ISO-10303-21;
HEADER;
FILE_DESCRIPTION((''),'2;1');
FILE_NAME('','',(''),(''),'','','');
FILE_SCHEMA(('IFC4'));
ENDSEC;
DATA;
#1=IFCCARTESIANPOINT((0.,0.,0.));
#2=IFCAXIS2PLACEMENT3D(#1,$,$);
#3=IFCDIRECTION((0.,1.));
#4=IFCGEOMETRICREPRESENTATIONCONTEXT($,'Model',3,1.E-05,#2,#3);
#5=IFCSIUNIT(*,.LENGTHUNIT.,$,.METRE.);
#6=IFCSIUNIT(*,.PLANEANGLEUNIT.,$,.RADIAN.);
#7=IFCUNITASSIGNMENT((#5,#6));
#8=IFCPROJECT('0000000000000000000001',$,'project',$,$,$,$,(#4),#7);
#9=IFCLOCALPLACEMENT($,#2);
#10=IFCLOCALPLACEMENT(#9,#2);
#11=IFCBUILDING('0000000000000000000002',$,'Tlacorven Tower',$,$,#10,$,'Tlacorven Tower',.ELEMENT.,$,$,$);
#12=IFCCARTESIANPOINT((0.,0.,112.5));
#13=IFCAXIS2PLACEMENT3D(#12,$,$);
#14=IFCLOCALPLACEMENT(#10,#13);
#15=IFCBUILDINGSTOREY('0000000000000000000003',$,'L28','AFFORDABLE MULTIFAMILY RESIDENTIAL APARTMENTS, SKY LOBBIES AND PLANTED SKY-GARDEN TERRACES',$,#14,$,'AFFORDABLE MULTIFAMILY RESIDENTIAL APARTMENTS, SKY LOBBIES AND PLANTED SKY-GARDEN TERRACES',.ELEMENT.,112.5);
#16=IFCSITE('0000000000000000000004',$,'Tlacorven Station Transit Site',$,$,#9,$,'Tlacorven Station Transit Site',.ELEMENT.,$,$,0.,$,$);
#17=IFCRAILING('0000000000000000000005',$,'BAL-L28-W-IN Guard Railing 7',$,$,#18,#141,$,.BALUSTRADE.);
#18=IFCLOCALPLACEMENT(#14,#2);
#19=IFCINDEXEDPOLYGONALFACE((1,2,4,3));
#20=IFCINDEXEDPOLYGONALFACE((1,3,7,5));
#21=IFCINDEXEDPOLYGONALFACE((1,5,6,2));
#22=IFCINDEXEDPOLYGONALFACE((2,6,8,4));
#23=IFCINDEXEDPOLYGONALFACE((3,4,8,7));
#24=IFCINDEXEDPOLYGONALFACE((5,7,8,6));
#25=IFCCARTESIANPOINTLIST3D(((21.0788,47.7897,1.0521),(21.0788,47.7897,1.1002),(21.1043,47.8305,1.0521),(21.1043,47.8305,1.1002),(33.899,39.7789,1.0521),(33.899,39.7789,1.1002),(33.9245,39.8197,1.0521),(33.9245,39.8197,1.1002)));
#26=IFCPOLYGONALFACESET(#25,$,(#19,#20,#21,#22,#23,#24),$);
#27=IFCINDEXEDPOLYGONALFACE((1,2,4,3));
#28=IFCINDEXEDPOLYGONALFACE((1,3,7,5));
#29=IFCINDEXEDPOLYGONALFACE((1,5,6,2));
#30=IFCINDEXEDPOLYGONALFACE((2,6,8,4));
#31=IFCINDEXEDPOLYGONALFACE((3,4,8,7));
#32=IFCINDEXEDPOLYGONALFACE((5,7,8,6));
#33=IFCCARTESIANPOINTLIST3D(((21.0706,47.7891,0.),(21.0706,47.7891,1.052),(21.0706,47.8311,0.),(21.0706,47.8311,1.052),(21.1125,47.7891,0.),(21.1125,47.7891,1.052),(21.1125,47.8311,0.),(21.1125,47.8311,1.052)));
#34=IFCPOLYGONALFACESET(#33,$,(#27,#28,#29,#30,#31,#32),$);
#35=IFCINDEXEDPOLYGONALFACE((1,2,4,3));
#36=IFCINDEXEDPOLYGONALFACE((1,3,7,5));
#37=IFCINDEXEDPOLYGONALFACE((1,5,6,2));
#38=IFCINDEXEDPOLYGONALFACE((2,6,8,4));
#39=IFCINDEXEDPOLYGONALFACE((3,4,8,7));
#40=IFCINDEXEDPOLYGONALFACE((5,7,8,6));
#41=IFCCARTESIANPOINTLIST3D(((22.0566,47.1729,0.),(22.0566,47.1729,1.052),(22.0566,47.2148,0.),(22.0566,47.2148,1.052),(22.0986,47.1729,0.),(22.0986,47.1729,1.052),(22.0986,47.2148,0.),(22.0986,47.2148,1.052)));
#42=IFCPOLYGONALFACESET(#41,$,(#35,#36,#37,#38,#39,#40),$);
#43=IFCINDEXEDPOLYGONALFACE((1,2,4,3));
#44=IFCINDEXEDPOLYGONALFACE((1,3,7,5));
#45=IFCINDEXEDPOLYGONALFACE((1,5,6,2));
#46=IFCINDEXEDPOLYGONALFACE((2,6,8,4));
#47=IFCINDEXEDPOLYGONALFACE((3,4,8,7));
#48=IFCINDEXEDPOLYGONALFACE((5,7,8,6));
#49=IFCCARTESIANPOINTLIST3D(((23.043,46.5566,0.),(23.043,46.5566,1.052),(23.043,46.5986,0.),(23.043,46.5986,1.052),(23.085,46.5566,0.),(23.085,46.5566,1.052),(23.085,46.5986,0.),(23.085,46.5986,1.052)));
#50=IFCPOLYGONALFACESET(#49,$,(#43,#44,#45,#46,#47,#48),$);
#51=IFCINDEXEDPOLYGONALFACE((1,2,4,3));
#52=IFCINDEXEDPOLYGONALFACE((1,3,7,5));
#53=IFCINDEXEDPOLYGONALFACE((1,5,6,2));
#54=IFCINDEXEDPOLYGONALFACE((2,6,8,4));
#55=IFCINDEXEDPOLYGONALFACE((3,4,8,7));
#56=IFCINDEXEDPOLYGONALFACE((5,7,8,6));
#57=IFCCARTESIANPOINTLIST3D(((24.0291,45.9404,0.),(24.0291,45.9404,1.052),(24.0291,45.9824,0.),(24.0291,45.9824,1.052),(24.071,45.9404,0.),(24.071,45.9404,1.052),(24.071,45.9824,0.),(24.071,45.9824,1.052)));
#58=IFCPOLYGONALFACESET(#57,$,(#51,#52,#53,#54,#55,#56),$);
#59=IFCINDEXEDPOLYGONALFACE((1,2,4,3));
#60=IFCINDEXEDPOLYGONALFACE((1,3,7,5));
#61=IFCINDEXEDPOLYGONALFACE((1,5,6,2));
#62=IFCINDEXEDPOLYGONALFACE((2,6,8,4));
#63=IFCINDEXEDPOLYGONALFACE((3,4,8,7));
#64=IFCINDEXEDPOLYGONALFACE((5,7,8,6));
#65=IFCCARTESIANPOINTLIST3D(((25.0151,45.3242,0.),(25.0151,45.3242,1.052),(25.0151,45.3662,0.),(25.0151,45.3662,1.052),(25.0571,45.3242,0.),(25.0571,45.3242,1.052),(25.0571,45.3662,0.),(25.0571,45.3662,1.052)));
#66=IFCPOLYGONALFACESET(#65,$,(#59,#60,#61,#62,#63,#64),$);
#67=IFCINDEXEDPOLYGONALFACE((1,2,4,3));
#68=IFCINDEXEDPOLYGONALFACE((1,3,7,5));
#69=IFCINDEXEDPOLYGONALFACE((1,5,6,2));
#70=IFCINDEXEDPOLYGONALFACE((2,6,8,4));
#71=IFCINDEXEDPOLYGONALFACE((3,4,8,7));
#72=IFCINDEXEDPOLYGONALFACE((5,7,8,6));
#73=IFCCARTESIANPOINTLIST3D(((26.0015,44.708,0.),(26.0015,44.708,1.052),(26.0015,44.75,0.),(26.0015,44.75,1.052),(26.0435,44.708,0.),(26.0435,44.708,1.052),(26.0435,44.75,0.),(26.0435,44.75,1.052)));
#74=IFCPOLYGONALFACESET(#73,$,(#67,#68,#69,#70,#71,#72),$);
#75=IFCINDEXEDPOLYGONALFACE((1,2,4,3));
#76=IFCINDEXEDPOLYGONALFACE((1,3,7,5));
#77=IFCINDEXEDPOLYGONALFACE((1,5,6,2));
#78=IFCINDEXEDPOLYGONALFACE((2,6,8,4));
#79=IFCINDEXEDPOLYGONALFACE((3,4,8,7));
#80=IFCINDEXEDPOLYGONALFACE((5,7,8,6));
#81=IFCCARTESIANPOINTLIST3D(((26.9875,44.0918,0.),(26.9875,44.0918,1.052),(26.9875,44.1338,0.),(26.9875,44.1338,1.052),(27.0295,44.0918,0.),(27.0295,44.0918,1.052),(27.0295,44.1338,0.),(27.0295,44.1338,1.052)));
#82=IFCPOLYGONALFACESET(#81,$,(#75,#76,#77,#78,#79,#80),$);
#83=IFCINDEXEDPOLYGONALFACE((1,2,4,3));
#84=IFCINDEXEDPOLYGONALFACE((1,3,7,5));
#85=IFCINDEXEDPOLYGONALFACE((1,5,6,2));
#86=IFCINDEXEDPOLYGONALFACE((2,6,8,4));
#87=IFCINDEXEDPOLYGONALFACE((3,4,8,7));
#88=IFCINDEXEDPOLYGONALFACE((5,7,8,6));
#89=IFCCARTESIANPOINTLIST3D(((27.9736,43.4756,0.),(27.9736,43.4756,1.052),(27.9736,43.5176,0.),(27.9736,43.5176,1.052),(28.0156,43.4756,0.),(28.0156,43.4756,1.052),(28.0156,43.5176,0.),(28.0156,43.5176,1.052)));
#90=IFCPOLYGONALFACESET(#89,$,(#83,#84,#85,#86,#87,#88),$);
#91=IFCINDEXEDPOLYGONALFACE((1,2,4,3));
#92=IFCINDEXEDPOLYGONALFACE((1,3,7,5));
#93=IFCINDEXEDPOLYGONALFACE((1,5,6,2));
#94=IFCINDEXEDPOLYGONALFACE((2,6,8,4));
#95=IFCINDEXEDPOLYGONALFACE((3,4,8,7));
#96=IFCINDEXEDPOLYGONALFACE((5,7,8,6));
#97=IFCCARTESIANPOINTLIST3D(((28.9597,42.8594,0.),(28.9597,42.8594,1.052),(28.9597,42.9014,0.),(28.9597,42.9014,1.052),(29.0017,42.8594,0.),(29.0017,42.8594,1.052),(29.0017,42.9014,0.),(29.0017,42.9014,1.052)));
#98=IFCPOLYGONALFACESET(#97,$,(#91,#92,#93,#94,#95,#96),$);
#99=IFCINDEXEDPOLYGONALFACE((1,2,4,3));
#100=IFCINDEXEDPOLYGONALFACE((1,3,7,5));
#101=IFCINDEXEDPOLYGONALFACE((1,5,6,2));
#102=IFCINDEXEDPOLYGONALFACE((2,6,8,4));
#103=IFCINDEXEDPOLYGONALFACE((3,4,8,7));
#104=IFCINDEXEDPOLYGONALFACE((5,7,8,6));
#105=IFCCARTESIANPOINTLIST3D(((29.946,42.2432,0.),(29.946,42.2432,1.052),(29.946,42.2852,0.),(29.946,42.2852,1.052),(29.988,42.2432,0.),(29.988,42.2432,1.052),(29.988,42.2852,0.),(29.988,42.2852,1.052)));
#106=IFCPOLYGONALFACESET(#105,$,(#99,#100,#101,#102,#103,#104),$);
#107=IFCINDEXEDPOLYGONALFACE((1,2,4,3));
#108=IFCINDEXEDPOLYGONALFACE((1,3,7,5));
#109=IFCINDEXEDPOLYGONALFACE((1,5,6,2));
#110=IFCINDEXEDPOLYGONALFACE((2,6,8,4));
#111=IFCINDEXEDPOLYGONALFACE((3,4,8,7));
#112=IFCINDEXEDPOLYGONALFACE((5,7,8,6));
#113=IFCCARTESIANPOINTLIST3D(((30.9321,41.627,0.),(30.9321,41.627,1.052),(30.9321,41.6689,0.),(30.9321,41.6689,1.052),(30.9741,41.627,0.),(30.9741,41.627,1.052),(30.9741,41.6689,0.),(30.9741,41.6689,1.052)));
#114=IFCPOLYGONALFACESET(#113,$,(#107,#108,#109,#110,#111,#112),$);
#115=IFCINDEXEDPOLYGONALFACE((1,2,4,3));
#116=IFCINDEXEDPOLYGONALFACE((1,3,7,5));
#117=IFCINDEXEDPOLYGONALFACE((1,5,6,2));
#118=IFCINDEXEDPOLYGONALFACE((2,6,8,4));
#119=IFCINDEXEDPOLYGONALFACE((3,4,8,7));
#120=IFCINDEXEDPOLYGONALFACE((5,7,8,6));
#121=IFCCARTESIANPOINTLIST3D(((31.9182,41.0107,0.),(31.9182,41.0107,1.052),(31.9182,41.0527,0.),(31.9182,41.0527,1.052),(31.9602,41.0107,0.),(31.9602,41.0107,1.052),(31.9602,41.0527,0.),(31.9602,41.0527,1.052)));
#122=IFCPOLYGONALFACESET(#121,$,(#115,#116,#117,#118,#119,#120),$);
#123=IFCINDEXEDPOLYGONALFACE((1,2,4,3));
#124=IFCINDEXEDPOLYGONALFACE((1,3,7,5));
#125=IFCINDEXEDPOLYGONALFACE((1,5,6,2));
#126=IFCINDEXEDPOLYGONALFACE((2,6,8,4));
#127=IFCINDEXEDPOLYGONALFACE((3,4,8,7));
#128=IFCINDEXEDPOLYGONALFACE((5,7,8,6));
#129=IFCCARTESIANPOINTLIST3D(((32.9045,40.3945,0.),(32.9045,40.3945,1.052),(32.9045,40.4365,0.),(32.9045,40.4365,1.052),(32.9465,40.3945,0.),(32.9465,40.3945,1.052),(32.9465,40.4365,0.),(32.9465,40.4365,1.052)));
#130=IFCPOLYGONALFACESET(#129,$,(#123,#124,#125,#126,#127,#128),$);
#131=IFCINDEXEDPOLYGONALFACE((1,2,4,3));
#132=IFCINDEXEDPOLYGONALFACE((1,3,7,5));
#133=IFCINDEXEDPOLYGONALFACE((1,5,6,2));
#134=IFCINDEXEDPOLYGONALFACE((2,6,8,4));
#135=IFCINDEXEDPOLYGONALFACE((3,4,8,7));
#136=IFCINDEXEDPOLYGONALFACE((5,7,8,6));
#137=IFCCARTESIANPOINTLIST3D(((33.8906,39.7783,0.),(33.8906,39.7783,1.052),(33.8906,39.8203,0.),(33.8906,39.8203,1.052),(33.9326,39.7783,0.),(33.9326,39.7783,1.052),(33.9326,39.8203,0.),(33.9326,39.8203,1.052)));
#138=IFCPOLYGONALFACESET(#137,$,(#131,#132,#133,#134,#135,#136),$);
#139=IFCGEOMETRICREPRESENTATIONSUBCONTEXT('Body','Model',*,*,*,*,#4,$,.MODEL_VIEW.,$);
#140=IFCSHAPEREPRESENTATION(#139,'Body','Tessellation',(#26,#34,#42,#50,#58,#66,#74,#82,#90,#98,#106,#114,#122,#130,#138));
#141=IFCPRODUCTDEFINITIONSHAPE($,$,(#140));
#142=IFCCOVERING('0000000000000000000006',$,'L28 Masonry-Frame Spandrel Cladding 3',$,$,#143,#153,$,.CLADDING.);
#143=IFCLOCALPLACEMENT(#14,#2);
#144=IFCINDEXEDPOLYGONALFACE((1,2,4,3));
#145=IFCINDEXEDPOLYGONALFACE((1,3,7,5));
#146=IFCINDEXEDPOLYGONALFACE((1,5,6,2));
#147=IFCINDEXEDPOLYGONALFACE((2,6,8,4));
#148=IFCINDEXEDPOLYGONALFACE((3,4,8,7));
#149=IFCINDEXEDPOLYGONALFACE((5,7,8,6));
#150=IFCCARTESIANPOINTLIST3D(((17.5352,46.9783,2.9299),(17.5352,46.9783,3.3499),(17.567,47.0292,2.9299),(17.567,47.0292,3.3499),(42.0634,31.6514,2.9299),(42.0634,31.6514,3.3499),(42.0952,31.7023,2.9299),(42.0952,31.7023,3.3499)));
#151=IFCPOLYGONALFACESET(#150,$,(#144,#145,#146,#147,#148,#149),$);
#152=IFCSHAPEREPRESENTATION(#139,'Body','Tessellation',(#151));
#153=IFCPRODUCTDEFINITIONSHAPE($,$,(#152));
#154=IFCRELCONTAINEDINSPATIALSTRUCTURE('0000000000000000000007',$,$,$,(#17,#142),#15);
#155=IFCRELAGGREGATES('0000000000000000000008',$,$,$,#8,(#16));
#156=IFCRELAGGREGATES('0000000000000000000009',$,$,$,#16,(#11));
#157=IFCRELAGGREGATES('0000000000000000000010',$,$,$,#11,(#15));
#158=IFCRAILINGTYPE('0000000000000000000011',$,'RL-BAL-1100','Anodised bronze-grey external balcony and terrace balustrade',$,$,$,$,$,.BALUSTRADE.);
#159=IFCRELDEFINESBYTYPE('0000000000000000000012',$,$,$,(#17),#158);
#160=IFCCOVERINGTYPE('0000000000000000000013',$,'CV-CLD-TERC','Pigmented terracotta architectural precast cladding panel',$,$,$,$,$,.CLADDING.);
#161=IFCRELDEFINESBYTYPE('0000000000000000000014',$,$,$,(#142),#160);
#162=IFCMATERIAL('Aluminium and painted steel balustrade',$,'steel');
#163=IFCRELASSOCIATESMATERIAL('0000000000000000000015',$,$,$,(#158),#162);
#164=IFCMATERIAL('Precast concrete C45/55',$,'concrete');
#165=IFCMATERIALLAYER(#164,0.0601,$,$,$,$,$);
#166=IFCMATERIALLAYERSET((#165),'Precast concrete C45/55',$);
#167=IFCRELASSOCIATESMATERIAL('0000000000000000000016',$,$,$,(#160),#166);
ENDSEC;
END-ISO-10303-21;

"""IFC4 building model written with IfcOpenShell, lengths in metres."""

from ifc_helpers import new_model, si_unit, direction, frame, origin, origin_2d, place, context, subcontext, project, spatial, rectangle, extrude, source, transform, mapped, material, layer, layer_set, type_object, element, save


model = new_model("IFC4")

# Units and contexts
model_context = context("Model", 3, precision=1e-05, world=origin(), true_north=direction((0.0, 1.0)))
body_context = subcontext(model_context, "Body", "Model", "MODEL_VIEW")
ifc_project = project(units=[si_unit("LENGTHUNIT", "METRE"), si_unit("PLANEANGLEUNIT", "RADIAN")], contexts=[model_context])

# Site, building, storey
site_placement = place(None, origin())
site = spatial("IfcSite", under=ifc_project, at=site_placement, Name="Tlacorven Station Transit Site", LongName="Tlacorven Station Transit Site", CompositionType="ELEMENT", RefElevation=0.0)
building_placement = place(site_placement, origin())
building = spatial("IfcBuilding", under=site, at=building_placement, Name="Tlacorven Tower", LongName="Tlacorven Tower", CompositionType="ELEMENT")
storey_placement = place(building_placement, frame((0.0, 0.0, 112.5)))
storey = spatial("IfcBuildingStorey", under=building, at=storey_placement, Name="L28", Description="AFFORDABLE MULTIFAMILY RESIDENTIAL APARTMENTS, SKY LOBBIES AND PLANTED SKY-GARDEN TERRACES", LongName="AFFORDABLE MULTIFAMILY RESIDENTIAL APARTMENTS, SKY LOBBIES AND PLANTED SKY-GARDEN TERRACES", CompositionType="ELEMENT", Elevation=112.5)

# Railing
ifc_material_1 = material(Name="Aluminium and painted steel balustrade", Category="steel")
railing_type = type_object("IfcRailingType", Name="RL-BAL-1100", Description="Anodised bronze-grey external balcony and terrace balustrade", PredefinedType="BALUSTRADE", material=ifc_material_1)
shared_shape_1 = source(origin(), body_context, "Body", "SweptSolid", [
    extrude(rectangle(XDim=0.0481, YDim=0.0481, at=origin_2d()), frame((0.0, 0.0, 1.0762), z_axis=(0.848052, -0.529913, 0.0), x_axis=(0.529913, 0.848052, 0.0)), (0.0, 0.0, 1.0), 15.1172),
    extrude(rectangle(XDim=0.042, YDim=0.042, at=origin_2d()), origin(), (0.0, 0.0, 1.0), 1.052),
    extrude(rectangle(XDim=0.042, YDim=0.042, at=origin_2d()), frame((0.9861, -0.6162, 0.0)), (0.0, 0.0, 1.0), 1.052),
    extrude(rectangle(XDim=0.042, YDim=0.042, at=origin_2d()), frame((1.9724, -1.2324, 0.0)), (0.0, 0.0, 1.0), 1.052),
    extrude(rectangle(XDim=0.042, YDim=0.042, at=origin_2d()), frame((2.9585, -1.8486, 0.0)), (0.0, 0.0, 1.0), 1.052),
    extrude(rectangle(XDim=0.042, YDim=0.042, at=origin_2d()), frame((3.9446, -2.4648, 0.0)), (0.0, 0.0, 1.0), 1.052),
    extrude(rectangle(XDim=0.042, YDim=0.042, at=origin_2d()), frame((4.9309, -3.0811, 0.0)), (0.0, 0.0, 1.0), 1.052),
    extrude(rectangle(XDim=0.042, YDim=0.042, at=origin_2d()), frame((5.917, -3.6973, 0.0)), (0.0, 0.0, 1.0), 1.052),
    extrude(rectangle(XDim=0.042, YDim=0.042, at=origin_2d()), frame((6.9031, -4.3135, 0.0)), (0.0, 0.0, 1.0), 1.052),
    extrude(rectangle(XDim=0.042, YDim=0.042, at=origin_2d()), frame((7.8892, -4.9297, 0.0)), (0.0, 0.0, 1.0), 1.052),
    extrude(rectangle(XDim=0.042, YDim=0.042, at=origin_2d()), frame((8.8755, -5.5459, 0.0)), (0.0, 0.0, 1.0), 1.052),
    extrude(rectangle(XDim=0.042, YDim=0.042, at=origin_2d()), frame((9.8616, -6.1621, 0.0)), (0.0, 0.0, 1.0), 1.052),
    extrude(rectangle(XDim=0.042, YDim=0.042, at=origin_2d()), frame((10.8477, -6.7783, 0.0)), (0.0, 0.0, 1.0), 1.052),
    extrude(rectangle(XDim=0.042, YDim=0.042, at=origin_2d()), frame((11.834, -7.3945, 0.0)), (0.0, 0.0, 1.0), 1.052),
    extrude(rectangle(XDim=0.042, YDim=0.042, at=origin_2d()), frame((12.8201, -8.0107, 0.0)), (0.0, 0.0, 1.0), 1.052),
])
railing_1_placement = place(storey_placement, frame((21.0916, 47.8101, 0.0)))
element("IfcRailing", 1, at=railing_1_placement, inside=storey, type_object=railing_type, Name="BAL-L28-W-IN Guard Railing 7", PredefinedType="BALUSTRADE", context=body_context, shape_type="MappedRepresentation", body=[
    mapped(shared_shape_1, transform((0.0, 0.0, 0.0), scale=1.0)),
])

# Covering
ifc_material_2 = material(Name="Precast concrete C45/55", Category="concrete")
ifc_layer_1 = layer(ifc_material_2, 0.0601)
ifc_layer_set_1 = layer_set([ifc_layer_1], Name="Precast concrete C45/55")
covering_type = type_object("IfcCoveringType", Name="CV-CLD-TERC", Description="Pigmented terracotta architectural precast cladding panel", PredefinedType="CLADDING", material=ifc_layer_set_1)
shared_shape_2 = source(origin(), body_context, "Body", "SweptSolid", [
    extrude(rectangle(XDim=28.9231, YDim=0.0601, at=origin_2d()), origin(), (0.0, 0.0, 1.0), 0.4199),
])
covering_placement = place(storey_placement, frame((29.8152, 39.3403, 2.9299), z_axis=(0.0, 0.0, 1.0), x_axis=(0.848048, -0.529919, 0.0)))
element("IfcCovering", 2, at=covering_placement, inside=storey, type_object=covering_type, Name="L28 Masonry-Frame Spandrel Cladding 3", PredefinedType="CLADDING", context=body_context, shape_type="MappedRepresentation", body=[
    mapped(shared_shape_2, transform((0.0, 0.0, 0.0), scale=1.0)),
])

save(model, "model.ifc")
